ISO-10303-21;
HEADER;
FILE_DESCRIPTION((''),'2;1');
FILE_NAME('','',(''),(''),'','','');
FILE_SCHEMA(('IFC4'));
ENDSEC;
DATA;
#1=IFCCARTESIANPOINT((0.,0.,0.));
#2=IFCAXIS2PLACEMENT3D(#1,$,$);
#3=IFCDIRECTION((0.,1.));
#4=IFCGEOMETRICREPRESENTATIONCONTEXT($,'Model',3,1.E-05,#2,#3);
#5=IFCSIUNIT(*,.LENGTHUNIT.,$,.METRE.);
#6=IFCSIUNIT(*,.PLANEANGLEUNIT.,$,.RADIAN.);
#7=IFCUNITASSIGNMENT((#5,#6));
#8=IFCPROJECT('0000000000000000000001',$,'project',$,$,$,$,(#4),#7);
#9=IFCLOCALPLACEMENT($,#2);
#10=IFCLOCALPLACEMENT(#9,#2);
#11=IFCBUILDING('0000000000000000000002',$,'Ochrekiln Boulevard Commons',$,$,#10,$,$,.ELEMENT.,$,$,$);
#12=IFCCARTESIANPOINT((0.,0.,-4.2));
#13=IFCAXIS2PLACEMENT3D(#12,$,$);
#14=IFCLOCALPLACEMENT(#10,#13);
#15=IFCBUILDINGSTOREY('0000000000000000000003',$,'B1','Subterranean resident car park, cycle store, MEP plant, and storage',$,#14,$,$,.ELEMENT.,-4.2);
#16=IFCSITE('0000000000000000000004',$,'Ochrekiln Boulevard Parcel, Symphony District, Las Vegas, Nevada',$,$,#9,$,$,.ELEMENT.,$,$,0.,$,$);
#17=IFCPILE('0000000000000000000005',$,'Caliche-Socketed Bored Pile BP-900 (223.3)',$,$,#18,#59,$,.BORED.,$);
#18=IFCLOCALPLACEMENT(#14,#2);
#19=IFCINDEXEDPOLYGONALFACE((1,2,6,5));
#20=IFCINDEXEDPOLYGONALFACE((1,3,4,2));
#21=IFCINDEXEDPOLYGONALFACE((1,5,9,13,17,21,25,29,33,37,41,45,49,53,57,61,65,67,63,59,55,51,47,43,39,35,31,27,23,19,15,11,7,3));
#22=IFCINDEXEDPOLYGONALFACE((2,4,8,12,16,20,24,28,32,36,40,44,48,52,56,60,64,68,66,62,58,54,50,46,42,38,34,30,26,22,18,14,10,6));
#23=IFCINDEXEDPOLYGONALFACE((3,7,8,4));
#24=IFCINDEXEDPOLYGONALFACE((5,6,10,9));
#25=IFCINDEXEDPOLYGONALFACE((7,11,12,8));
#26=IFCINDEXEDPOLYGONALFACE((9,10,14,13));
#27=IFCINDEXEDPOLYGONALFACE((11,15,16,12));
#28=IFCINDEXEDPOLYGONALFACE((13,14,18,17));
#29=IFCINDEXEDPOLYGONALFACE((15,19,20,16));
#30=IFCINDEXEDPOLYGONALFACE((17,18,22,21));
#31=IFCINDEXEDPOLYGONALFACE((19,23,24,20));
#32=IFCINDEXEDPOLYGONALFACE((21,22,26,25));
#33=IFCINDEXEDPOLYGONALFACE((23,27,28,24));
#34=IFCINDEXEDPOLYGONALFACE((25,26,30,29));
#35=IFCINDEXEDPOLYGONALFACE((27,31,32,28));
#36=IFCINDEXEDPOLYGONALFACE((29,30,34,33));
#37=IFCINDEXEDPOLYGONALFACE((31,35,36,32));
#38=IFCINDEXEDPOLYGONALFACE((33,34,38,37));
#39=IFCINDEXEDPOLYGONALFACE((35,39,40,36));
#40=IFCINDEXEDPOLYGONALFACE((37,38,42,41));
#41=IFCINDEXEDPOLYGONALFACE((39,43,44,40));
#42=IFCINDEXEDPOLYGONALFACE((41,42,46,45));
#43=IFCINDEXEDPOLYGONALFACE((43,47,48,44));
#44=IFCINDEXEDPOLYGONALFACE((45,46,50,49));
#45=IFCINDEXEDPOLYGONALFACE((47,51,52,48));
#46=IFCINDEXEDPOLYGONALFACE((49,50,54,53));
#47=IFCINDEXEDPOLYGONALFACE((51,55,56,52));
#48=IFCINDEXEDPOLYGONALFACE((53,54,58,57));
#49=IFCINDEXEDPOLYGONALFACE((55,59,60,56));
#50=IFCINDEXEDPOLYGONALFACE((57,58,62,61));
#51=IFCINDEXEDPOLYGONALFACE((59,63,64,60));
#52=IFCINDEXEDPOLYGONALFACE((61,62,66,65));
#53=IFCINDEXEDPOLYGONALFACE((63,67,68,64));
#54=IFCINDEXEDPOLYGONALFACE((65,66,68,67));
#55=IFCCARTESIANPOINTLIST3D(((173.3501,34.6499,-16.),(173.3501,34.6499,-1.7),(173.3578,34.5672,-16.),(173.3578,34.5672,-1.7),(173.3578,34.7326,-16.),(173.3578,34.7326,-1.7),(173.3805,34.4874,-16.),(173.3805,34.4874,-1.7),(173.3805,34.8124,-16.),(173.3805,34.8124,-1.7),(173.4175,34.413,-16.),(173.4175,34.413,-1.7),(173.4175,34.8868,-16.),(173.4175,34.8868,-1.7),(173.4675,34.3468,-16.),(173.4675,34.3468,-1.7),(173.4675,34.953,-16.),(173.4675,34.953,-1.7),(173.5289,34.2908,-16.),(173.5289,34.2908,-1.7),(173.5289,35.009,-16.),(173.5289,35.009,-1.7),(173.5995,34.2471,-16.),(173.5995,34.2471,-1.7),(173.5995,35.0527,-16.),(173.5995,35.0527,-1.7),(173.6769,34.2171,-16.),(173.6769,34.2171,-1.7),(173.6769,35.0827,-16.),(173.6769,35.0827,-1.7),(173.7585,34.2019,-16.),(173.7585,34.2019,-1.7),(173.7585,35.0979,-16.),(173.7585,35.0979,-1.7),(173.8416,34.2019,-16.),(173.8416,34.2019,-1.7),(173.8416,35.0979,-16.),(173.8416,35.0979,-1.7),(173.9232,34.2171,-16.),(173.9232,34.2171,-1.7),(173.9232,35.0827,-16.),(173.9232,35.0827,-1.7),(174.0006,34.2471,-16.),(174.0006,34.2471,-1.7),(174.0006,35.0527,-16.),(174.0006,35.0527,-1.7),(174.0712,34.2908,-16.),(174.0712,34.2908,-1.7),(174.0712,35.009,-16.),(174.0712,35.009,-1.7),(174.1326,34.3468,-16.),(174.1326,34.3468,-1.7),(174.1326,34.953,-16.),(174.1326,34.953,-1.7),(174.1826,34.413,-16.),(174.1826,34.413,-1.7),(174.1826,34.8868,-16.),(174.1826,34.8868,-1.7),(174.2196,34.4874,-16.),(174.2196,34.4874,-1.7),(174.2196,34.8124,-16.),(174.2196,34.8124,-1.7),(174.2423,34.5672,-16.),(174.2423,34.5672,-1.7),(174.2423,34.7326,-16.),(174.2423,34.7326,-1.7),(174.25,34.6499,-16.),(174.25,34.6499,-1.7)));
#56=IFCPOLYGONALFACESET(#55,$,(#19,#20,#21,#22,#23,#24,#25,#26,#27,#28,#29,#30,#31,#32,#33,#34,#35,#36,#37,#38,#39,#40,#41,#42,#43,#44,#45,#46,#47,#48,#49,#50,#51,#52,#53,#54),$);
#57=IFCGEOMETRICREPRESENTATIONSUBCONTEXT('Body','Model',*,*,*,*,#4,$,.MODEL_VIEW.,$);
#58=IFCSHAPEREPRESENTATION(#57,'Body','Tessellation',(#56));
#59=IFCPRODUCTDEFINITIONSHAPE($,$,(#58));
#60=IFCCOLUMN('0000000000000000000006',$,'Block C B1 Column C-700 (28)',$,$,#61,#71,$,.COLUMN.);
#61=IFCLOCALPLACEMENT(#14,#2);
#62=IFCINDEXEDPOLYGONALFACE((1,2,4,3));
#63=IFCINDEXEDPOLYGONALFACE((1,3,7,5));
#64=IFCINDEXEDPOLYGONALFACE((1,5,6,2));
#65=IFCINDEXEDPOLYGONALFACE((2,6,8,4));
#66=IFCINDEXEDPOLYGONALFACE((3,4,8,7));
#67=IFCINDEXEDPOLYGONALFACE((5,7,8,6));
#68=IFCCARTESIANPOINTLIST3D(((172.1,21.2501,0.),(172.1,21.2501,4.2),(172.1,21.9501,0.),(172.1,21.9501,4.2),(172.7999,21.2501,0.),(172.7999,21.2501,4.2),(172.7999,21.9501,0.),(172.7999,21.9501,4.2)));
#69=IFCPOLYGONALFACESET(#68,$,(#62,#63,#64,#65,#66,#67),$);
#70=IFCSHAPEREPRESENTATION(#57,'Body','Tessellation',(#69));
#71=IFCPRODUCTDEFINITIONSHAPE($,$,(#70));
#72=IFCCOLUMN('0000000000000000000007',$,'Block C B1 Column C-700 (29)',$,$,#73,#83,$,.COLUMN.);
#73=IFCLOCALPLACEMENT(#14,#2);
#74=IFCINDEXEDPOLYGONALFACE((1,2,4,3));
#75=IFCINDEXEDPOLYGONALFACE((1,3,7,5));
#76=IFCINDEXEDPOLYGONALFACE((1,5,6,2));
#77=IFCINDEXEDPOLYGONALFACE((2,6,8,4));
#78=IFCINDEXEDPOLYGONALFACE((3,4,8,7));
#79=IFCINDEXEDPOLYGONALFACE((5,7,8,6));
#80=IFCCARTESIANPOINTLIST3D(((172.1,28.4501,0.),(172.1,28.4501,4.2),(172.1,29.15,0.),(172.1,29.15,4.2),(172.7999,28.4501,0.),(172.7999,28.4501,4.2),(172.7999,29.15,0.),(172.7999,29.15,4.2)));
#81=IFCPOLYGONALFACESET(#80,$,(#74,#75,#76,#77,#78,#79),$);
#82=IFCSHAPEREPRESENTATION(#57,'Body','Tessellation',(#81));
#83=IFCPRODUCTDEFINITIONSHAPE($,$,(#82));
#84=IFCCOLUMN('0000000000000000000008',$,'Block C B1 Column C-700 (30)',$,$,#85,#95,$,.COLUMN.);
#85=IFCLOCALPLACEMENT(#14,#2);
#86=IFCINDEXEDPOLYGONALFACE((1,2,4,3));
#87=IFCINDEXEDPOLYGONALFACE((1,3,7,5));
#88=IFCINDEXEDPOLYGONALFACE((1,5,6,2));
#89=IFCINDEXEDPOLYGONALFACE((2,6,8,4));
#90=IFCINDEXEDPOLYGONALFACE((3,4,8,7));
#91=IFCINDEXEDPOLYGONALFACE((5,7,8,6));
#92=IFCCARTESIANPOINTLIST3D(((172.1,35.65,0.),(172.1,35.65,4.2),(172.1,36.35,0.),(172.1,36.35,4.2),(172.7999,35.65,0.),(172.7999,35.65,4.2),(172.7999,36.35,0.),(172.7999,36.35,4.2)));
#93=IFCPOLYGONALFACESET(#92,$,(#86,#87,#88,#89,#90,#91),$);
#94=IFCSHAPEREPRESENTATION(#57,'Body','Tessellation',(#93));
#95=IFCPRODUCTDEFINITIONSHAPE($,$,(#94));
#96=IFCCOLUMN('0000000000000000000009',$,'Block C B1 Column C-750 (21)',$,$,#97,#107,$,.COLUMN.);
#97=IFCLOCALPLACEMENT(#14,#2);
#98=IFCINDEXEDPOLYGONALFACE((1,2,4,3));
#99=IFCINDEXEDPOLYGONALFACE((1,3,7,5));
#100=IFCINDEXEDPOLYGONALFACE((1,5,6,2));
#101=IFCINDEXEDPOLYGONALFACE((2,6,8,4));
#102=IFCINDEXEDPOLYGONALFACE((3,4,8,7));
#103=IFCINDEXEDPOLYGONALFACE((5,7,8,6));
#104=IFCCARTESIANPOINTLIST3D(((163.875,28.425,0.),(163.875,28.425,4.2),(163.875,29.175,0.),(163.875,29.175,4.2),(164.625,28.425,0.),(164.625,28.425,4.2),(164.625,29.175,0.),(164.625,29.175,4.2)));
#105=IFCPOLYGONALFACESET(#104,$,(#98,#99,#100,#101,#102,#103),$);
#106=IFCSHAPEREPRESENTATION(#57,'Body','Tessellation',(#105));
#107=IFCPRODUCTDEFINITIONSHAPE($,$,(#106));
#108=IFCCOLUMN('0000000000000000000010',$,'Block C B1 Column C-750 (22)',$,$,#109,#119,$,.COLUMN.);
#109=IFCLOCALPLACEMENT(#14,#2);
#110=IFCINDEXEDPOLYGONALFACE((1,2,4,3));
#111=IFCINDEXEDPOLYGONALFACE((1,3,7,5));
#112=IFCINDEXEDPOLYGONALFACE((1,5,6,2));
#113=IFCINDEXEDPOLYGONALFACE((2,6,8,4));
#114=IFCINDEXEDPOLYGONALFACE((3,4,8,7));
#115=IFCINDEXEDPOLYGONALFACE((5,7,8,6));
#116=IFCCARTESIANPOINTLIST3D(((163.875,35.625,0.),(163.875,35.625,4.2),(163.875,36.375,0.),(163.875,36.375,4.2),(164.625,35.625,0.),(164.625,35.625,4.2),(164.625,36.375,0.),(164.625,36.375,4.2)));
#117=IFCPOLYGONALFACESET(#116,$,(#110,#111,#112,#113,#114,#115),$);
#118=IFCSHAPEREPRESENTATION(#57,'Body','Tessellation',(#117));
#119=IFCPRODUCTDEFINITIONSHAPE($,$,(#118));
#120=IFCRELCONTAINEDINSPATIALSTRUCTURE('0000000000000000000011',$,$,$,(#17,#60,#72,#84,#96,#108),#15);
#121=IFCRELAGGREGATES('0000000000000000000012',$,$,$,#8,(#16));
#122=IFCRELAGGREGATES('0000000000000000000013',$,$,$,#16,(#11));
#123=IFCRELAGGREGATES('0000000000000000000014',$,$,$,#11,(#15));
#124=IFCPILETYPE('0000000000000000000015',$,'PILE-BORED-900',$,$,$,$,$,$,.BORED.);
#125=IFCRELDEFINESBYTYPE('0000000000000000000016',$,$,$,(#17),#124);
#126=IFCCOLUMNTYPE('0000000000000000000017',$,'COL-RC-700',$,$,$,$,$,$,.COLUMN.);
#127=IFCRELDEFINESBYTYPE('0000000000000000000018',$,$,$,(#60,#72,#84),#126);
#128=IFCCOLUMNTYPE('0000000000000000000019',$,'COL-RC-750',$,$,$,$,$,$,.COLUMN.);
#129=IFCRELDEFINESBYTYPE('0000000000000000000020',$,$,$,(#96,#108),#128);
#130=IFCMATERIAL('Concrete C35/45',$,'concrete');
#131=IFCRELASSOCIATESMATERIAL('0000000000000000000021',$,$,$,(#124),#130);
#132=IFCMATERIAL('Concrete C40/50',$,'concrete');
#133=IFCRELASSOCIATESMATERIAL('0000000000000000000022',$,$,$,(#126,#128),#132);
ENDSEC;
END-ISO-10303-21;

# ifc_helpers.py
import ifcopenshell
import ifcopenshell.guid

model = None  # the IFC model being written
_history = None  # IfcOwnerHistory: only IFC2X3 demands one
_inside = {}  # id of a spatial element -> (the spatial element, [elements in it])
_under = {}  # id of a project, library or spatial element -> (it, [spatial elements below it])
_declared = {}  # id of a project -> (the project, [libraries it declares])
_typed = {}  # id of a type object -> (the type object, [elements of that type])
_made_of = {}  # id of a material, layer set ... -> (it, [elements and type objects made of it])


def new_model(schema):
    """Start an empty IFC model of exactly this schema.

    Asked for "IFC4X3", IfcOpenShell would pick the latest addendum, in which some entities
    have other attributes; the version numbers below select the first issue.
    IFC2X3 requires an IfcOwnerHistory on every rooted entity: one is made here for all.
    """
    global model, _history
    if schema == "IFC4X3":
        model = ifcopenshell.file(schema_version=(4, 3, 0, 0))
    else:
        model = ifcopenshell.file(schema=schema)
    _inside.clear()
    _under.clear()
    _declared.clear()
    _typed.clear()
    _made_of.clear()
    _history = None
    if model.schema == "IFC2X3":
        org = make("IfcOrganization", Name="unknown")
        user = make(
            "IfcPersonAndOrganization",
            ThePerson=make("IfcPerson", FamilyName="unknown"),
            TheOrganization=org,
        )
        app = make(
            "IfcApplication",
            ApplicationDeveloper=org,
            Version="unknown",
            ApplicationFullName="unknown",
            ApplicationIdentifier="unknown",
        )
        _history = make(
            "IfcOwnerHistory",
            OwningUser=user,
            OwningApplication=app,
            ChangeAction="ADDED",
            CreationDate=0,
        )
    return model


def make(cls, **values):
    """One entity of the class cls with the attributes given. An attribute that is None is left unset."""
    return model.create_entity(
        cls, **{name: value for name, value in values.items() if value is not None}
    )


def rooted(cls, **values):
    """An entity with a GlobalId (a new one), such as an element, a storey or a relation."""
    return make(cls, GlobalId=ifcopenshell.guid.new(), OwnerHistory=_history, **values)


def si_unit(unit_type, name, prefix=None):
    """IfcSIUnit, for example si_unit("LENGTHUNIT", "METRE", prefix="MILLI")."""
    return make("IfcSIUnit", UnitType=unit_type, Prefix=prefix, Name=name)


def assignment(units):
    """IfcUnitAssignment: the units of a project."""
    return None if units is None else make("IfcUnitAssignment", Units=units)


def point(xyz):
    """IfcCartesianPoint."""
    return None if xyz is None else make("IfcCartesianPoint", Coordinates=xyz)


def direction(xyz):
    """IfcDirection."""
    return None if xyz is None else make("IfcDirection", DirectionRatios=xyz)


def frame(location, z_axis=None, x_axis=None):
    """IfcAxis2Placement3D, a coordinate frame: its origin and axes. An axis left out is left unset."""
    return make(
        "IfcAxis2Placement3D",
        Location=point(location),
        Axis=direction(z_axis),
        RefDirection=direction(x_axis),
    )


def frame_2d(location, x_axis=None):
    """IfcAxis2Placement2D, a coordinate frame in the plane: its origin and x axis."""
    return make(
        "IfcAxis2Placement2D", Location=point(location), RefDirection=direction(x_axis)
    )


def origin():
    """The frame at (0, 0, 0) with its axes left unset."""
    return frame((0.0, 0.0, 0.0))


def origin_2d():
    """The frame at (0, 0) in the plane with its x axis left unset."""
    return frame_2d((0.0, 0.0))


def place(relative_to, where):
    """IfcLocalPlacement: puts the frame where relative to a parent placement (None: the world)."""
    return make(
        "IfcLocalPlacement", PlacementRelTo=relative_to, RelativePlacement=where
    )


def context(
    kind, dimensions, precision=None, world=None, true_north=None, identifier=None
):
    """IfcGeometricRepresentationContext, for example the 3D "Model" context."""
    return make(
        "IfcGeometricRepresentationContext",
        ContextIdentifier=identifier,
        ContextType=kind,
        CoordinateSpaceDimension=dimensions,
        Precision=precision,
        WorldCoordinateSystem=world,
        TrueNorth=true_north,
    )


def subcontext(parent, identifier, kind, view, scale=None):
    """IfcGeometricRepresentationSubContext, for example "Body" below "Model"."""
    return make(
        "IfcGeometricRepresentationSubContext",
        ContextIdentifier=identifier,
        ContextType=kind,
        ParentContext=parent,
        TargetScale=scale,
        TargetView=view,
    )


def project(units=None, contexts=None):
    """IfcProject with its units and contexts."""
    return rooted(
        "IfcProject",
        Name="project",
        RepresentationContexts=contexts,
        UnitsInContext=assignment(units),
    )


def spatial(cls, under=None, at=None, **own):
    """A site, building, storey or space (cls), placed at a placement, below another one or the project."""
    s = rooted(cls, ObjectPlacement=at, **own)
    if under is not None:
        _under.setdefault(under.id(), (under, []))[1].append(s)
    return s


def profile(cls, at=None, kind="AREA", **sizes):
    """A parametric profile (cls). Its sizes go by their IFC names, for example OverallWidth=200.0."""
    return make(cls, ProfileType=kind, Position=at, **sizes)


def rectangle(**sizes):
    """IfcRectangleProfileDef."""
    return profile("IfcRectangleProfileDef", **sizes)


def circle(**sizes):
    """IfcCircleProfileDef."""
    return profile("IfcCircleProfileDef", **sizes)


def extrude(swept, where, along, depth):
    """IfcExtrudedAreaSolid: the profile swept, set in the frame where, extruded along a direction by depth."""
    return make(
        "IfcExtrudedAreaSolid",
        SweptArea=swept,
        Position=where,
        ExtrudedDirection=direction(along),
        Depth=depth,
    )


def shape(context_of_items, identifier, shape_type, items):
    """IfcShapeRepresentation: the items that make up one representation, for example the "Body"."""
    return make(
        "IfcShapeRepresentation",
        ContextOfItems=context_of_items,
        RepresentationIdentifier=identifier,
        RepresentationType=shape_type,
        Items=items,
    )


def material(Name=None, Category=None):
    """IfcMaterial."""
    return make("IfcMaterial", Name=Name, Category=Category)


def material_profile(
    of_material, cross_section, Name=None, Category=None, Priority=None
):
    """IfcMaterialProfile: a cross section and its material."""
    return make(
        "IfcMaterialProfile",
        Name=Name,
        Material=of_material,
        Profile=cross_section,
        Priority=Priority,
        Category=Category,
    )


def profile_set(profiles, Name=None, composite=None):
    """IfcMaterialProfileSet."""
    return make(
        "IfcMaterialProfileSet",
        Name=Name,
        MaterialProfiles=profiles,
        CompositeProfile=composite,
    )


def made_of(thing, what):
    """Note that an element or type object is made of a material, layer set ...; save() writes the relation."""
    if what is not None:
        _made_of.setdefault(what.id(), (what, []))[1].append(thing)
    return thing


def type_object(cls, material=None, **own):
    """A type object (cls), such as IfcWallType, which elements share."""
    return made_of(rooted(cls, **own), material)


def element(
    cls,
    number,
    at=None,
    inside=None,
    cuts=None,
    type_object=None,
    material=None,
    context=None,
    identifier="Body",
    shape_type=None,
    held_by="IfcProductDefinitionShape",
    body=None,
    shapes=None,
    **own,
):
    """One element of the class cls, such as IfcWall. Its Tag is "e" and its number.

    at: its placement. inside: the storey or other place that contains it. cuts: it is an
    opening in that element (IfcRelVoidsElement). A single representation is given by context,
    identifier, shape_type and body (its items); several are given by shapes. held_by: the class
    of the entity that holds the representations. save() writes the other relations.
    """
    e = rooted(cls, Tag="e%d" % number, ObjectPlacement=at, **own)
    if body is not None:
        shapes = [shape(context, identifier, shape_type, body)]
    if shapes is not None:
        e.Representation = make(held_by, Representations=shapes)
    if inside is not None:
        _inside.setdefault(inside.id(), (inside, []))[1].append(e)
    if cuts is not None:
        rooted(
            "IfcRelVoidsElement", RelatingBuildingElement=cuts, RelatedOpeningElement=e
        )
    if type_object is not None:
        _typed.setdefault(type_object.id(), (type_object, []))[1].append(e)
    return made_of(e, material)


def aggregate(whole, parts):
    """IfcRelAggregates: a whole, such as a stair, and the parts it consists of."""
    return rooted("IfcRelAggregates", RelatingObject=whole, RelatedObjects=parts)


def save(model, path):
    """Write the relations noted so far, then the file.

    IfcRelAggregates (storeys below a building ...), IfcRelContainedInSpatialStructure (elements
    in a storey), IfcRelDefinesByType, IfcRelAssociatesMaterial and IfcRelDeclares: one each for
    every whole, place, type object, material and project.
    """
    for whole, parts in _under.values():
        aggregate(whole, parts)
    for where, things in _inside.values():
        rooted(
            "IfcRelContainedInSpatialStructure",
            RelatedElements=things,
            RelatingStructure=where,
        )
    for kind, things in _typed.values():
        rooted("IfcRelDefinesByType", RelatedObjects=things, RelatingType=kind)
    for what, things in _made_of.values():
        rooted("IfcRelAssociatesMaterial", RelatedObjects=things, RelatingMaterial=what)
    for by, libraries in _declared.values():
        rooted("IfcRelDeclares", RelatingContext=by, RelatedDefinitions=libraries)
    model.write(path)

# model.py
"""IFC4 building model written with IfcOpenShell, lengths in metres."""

from ifc_helpers import new_model, si_unit, direction, frame, origin, origin_2d, place, context, subcontext, project, spatial, rectangle, circle, extrude, material, material_profile, profile_set, type_object, element, save


model = new_model("IFC4")

# Units and contexts
model_context = context("Model", 3, precision=1e-05, world=origin(), true_north=direction((0.0, 1.0)))
body_context = subcontext(model_context, "Body", "Model", "MODEL_VIEW")
ifc_project = project(units=[si_unit("LENGTHUNIT", "METRE"), si_unit("PLANEANGLEUNIT", "RADIAN")], contexts=[model_context])

# Site, building, storey
site_placement = place(None, origin())
site = spatial("IfcSite", under=ifc_project, at=site_placement, Name="Ochrekiln Boulevard Parcel, Symphony District, Las Vegas, Nevada", CompositionType="ELEMENT", RefElevation=0.0)
building_placement = place(site_placement, origin())
building = spatial("IfcBuilding", under=site, at=building_placement, Name="Ochrekiln Boulevard Commons", CompositionType="ELEMENT")
storey_placement = place(building_placement, frame((0.0, 0.0, -4.2)))
storey = spatial("IfcBuildingStorey", under=building, at=storey_placement, Name="B1", Description="Subterranean resident car park, cycle store, MEP plant, and storage", CompositionType="ELEMENT", Elevation=-4.2)

# Shared definitions
ifc_material_1 = material(Name="Concrete C35/45", Category="concrete")

# Pile
ifc_material_profile_1 = material_profile(ifc_material_1, circle(Radius=0.45, at=origin_2d()), Name="PILE-D900")
ifc_profile_set_1 = profile_set([ifc_material_profile_1], Name="Concrete C35/45")
pile_type = type_object("IfcPileType", Name="PILE-BORED-900", PredefinedType="BORED", material=ifc_profile_set_1)
for number, where, z_axis, x_axis, name in (
    (1, (173.8, 34.6499, -1.7), (0.0, 0.0, -1.0), (1.0, 0.0, 0.0), "Caliche-Socketed Bored Pile BP-900 (223.3)"),
):
    element("IfcPile", number, at=place(storey_placement, frame(where, z_axis=z_axis, x_axis=x_axis)), inside=storey, type_object=pile_type, Name=name, PredefinedType="BORED", context=body_context, shape_type="SweptSolid", body=[
        extrude(circle(Radius=0.45, at=origin_2d()), origin(), (0.0, 0.0, 1.0), 14.3),
    ])

# Columns
ifc_material_2 = material(Name="Concrete C40/50", Category="concrete")
ifc_material_profile_2 = material_profile(ifc_material_2, rectangle(XDim=0.7, YDim=0.7, at=origin_2d()), Name="RC-COL-700x700")
ifc_profile_set_2 = profile_set([ifc_material_profile_2], Name="Concrete C40/50")
column_type_1 = type_object("IfcColumnType", Name="COL-RC-700", PredefinedType="COLUMN", material=ifc_profile_set_2)
for number, where, z_axis, x_axis, name in (
    (2, (172.45, 21.6001, 0.0), (0.0, 0.0, 1.0), (1.0, 0.0, 0.0), "Block C B1 Column C-700 (28)"),
    (3, (172.45, 28.8, 0.0), (0.0, 0.0, 1.0), (1.0, 0.0, 0.0), "Block C B1 Column C-700 (29)"),
    (4, (172.45, 36.0, 0.0), (0.0, 0.0, 1.0), (1.0, 0.0, 0.0), "Block C B1 Column C-700 (30)"),
):
    element("IfcColumn", number, at=place(storey_placement, frame(where, z_axis=z_axis, x_axis=x_axis)), inside=storey, type_object=column_type_1, Name=name, PredefinedType="COLUMN", context=body_context, shape_type="SweptSolid", body=[
        extrude(rectangle(XDim=0.7, YDim=0.7, at=origin_2d()), origin(), (0.0, 0.0, 1.0), 4.2),
    ])
ifc_material_profile_3 = material_profile(ifc_material_2, rectangle(XDim=0.75, YDim=0.75, at=origin_2d()), Name="RC-COL-750x750")
ifc_profile_set_3 = profile_set([ifc_material_profile_3], Name="Concrete C40/50")
column_type_2 = type_object("IfcColumnType", Name="COL-RC-750", PredefinedType="COLUMN", material=ifc_profile_set_3)
for number, where, z_axis, x_axis, name in (
    (5, (164.25, 28.8, 0.0), (0.0, 0.0, 1.0), (1.0, 0.0, 0.0), "Block C B1 Column C-750 (21)"),
    (6, (164.25, 36.0, 0.0), (0.0, 0.0, 1.0), (1.0, 0.0, 0.0), "Block C B1 Column C-750 (22)"),
):
    element("IfcColumn", number, at=place(storey_placement, frame(where, z_axis=z_axis, x_axis=x_axis)), inside=storey, type_object=column_type_2, Name=name, PredefinedType="COLUMN", context=body_context, shape_type="SweptSolid", body=[
        extrude(rectangle(XDim=0.75, YDim=0.75, at=origin_2d()), origin(), (0.0, 0.0, 1.0), 4.2),
    ])

save(model, "model.ifc")
